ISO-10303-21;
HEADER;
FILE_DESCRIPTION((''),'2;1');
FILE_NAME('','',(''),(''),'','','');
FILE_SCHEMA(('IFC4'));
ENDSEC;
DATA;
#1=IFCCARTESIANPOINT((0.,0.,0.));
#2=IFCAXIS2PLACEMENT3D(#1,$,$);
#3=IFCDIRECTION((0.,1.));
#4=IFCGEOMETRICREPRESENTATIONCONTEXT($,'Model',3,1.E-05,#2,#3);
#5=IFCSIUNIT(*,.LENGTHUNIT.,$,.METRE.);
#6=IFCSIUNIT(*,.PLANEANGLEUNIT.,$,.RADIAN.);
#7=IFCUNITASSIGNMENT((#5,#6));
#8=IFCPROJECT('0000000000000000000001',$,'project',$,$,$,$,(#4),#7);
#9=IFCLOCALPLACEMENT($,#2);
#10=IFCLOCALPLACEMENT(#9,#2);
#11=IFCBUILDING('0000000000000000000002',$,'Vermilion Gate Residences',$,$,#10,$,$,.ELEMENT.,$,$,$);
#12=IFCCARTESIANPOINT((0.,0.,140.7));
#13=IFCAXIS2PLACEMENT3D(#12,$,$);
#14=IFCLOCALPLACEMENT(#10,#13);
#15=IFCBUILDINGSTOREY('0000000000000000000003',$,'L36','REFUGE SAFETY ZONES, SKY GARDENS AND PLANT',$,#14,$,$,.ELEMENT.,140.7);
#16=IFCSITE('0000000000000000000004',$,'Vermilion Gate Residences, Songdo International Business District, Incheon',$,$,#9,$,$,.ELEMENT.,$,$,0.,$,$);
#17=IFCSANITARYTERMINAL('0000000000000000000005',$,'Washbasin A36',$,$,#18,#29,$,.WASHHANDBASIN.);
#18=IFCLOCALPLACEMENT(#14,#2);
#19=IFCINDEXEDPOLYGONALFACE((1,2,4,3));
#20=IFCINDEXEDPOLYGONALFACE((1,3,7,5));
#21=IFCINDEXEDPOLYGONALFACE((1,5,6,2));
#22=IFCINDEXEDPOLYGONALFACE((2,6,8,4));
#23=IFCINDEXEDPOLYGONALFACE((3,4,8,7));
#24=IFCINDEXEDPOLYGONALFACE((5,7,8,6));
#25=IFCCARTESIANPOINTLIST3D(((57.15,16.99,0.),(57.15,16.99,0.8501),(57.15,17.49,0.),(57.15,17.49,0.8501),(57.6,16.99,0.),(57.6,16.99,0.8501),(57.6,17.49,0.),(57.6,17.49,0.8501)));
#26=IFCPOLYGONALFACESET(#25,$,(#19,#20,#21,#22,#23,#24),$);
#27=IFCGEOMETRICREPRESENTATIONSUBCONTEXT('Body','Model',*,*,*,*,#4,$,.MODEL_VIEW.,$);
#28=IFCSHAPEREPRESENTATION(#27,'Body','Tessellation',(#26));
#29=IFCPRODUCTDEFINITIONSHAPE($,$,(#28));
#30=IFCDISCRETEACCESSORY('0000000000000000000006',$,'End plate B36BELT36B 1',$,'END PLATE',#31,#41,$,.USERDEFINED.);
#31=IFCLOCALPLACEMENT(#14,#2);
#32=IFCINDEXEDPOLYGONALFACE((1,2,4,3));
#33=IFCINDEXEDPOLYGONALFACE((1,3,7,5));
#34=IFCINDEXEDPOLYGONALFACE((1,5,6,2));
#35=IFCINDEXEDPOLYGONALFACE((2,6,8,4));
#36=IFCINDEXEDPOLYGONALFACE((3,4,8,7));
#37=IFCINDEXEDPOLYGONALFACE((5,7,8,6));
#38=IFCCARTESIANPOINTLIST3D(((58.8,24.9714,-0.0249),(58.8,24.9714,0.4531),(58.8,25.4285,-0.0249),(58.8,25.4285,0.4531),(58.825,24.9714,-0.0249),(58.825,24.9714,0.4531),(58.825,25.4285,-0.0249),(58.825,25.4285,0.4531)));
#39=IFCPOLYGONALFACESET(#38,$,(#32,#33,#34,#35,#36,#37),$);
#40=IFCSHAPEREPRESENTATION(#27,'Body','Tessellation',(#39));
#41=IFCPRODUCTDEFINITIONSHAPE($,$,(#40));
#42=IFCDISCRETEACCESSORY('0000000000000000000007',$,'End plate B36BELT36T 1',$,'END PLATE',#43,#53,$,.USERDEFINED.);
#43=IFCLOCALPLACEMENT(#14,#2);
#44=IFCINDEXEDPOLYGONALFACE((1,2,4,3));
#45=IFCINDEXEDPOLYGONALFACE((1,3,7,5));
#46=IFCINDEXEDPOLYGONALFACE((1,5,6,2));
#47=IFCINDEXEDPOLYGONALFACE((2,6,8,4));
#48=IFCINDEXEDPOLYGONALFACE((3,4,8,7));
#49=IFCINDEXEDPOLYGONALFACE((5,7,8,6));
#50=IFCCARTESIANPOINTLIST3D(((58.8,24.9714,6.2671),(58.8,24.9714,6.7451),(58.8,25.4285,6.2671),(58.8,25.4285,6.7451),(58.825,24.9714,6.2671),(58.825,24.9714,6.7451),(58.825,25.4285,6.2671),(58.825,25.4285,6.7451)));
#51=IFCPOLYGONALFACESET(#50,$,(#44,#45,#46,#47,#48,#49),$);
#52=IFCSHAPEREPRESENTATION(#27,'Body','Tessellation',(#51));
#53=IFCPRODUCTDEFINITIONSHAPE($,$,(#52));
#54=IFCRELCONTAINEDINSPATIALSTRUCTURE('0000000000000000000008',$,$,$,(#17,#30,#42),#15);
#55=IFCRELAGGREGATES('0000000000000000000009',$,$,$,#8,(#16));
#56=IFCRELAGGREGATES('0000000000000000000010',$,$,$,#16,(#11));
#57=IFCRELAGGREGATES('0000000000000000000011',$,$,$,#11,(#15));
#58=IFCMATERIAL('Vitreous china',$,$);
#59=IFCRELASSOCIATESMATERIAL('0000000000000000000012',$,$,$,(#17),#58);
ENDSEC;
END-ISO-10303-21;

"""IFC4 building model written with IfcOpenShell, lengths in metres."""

from ifc_helpers import new_model, si_unit, direction, frame, origin, origin_2d, place, context, subcontext, project, spatial, rectangle, extrude, material, element, save


model = new_model("IFC4")

# Units and contexts
model_context = context("Model", 3, precision=1e-05, world=origin(), true_north=direction((0.0, 1.0)))
body_context = subcontext(model_context, "Body", "Model", "MODEL_VIEW")
ifc_project = project(units=[si_unit("LENGTHUNIT", "METRE"), si_unit("PLANEANGLEUNIT", "RADIAN")], contexts=[model_context])

# Site, building, storey
site_placement = place(None, origin())
site = spatial("IfcSite", under=ifc_project, at=site_placement, Name="Vermilion Gate Residences, Songdo International Business District, Incheon", CompositionType="ELEMENT", RefElevation=0.0)
building_placement = place(site_placement, origin())
building = spatial("IfcBuilding", under=site, at=building_placement, Name="Vermilion Gate Residences", CompositionType="ELEMENT")
storey_placement = place(building_placement, frame((0.0, 0.0, 140.7)))
storey = spatial("IfcBuildingStorey", under=building, at=storey_placement, Name="L36", Description="REFUGE SAFETY ZONES, SKY GARDENS AND PLANT", CompositionType="ELEMENT", Elevation=140.7)

# Sanitary terminal
ifc_material_1 = material(Name="Vitreous china")
sanitary_terminal_placement = place(storey_placement, frame((57.375, 17.24, 0.0), z_axis=(0.0, 0.0, 1.0), x_axis=(1.0, 0.0, 0.0)))
element("IfcSanitaryTerminal", 1, at=sanitary_terminal_placement, inside=storey, material=ifc_material_1, Name="Washbasin A36", PredefinedType="WASHHANDBASIN", context=body_context, shape_type="SweptSolid", body=[
    extrude(rectangle(XDim=0.45, YDim=0.5, at=origin_2d()), origin(), (0.0, 0.0, 1.0), 0.8501),
])

# Discrete accessories
for number, where, z_axis, x_axis, name in (
    (2, (58.8125, 25.2, -0.0249), (0.0, 0.0, 1.0), (1.0, 0.0, 0.0), "End plate B36BELT36B 1"),
    (3, (58.8125, 25.2, 6.2671), (0.0, 0.0, 1.0), (1.0, 0.0, 0.0), "End plate B36BELT36T 1"),
):
    element("IfcDiscreteAccessory", number, at=place(storey_placement, frame(where, z_axis=z_axis, x_axis=x_axis)), inside=storey, Name=name, ObjectType="END PLATE", PredefinedType="USERDEFINED", context=body_context, shape_type="SweptSolid", body=[
        extrude(rectangle(XDim=0.0249, YDim=0.457, at=origin_2d()), origin(), (0.0, 0.0, 1.0), 0.478),
    ])

save(model, "model.ifc")
